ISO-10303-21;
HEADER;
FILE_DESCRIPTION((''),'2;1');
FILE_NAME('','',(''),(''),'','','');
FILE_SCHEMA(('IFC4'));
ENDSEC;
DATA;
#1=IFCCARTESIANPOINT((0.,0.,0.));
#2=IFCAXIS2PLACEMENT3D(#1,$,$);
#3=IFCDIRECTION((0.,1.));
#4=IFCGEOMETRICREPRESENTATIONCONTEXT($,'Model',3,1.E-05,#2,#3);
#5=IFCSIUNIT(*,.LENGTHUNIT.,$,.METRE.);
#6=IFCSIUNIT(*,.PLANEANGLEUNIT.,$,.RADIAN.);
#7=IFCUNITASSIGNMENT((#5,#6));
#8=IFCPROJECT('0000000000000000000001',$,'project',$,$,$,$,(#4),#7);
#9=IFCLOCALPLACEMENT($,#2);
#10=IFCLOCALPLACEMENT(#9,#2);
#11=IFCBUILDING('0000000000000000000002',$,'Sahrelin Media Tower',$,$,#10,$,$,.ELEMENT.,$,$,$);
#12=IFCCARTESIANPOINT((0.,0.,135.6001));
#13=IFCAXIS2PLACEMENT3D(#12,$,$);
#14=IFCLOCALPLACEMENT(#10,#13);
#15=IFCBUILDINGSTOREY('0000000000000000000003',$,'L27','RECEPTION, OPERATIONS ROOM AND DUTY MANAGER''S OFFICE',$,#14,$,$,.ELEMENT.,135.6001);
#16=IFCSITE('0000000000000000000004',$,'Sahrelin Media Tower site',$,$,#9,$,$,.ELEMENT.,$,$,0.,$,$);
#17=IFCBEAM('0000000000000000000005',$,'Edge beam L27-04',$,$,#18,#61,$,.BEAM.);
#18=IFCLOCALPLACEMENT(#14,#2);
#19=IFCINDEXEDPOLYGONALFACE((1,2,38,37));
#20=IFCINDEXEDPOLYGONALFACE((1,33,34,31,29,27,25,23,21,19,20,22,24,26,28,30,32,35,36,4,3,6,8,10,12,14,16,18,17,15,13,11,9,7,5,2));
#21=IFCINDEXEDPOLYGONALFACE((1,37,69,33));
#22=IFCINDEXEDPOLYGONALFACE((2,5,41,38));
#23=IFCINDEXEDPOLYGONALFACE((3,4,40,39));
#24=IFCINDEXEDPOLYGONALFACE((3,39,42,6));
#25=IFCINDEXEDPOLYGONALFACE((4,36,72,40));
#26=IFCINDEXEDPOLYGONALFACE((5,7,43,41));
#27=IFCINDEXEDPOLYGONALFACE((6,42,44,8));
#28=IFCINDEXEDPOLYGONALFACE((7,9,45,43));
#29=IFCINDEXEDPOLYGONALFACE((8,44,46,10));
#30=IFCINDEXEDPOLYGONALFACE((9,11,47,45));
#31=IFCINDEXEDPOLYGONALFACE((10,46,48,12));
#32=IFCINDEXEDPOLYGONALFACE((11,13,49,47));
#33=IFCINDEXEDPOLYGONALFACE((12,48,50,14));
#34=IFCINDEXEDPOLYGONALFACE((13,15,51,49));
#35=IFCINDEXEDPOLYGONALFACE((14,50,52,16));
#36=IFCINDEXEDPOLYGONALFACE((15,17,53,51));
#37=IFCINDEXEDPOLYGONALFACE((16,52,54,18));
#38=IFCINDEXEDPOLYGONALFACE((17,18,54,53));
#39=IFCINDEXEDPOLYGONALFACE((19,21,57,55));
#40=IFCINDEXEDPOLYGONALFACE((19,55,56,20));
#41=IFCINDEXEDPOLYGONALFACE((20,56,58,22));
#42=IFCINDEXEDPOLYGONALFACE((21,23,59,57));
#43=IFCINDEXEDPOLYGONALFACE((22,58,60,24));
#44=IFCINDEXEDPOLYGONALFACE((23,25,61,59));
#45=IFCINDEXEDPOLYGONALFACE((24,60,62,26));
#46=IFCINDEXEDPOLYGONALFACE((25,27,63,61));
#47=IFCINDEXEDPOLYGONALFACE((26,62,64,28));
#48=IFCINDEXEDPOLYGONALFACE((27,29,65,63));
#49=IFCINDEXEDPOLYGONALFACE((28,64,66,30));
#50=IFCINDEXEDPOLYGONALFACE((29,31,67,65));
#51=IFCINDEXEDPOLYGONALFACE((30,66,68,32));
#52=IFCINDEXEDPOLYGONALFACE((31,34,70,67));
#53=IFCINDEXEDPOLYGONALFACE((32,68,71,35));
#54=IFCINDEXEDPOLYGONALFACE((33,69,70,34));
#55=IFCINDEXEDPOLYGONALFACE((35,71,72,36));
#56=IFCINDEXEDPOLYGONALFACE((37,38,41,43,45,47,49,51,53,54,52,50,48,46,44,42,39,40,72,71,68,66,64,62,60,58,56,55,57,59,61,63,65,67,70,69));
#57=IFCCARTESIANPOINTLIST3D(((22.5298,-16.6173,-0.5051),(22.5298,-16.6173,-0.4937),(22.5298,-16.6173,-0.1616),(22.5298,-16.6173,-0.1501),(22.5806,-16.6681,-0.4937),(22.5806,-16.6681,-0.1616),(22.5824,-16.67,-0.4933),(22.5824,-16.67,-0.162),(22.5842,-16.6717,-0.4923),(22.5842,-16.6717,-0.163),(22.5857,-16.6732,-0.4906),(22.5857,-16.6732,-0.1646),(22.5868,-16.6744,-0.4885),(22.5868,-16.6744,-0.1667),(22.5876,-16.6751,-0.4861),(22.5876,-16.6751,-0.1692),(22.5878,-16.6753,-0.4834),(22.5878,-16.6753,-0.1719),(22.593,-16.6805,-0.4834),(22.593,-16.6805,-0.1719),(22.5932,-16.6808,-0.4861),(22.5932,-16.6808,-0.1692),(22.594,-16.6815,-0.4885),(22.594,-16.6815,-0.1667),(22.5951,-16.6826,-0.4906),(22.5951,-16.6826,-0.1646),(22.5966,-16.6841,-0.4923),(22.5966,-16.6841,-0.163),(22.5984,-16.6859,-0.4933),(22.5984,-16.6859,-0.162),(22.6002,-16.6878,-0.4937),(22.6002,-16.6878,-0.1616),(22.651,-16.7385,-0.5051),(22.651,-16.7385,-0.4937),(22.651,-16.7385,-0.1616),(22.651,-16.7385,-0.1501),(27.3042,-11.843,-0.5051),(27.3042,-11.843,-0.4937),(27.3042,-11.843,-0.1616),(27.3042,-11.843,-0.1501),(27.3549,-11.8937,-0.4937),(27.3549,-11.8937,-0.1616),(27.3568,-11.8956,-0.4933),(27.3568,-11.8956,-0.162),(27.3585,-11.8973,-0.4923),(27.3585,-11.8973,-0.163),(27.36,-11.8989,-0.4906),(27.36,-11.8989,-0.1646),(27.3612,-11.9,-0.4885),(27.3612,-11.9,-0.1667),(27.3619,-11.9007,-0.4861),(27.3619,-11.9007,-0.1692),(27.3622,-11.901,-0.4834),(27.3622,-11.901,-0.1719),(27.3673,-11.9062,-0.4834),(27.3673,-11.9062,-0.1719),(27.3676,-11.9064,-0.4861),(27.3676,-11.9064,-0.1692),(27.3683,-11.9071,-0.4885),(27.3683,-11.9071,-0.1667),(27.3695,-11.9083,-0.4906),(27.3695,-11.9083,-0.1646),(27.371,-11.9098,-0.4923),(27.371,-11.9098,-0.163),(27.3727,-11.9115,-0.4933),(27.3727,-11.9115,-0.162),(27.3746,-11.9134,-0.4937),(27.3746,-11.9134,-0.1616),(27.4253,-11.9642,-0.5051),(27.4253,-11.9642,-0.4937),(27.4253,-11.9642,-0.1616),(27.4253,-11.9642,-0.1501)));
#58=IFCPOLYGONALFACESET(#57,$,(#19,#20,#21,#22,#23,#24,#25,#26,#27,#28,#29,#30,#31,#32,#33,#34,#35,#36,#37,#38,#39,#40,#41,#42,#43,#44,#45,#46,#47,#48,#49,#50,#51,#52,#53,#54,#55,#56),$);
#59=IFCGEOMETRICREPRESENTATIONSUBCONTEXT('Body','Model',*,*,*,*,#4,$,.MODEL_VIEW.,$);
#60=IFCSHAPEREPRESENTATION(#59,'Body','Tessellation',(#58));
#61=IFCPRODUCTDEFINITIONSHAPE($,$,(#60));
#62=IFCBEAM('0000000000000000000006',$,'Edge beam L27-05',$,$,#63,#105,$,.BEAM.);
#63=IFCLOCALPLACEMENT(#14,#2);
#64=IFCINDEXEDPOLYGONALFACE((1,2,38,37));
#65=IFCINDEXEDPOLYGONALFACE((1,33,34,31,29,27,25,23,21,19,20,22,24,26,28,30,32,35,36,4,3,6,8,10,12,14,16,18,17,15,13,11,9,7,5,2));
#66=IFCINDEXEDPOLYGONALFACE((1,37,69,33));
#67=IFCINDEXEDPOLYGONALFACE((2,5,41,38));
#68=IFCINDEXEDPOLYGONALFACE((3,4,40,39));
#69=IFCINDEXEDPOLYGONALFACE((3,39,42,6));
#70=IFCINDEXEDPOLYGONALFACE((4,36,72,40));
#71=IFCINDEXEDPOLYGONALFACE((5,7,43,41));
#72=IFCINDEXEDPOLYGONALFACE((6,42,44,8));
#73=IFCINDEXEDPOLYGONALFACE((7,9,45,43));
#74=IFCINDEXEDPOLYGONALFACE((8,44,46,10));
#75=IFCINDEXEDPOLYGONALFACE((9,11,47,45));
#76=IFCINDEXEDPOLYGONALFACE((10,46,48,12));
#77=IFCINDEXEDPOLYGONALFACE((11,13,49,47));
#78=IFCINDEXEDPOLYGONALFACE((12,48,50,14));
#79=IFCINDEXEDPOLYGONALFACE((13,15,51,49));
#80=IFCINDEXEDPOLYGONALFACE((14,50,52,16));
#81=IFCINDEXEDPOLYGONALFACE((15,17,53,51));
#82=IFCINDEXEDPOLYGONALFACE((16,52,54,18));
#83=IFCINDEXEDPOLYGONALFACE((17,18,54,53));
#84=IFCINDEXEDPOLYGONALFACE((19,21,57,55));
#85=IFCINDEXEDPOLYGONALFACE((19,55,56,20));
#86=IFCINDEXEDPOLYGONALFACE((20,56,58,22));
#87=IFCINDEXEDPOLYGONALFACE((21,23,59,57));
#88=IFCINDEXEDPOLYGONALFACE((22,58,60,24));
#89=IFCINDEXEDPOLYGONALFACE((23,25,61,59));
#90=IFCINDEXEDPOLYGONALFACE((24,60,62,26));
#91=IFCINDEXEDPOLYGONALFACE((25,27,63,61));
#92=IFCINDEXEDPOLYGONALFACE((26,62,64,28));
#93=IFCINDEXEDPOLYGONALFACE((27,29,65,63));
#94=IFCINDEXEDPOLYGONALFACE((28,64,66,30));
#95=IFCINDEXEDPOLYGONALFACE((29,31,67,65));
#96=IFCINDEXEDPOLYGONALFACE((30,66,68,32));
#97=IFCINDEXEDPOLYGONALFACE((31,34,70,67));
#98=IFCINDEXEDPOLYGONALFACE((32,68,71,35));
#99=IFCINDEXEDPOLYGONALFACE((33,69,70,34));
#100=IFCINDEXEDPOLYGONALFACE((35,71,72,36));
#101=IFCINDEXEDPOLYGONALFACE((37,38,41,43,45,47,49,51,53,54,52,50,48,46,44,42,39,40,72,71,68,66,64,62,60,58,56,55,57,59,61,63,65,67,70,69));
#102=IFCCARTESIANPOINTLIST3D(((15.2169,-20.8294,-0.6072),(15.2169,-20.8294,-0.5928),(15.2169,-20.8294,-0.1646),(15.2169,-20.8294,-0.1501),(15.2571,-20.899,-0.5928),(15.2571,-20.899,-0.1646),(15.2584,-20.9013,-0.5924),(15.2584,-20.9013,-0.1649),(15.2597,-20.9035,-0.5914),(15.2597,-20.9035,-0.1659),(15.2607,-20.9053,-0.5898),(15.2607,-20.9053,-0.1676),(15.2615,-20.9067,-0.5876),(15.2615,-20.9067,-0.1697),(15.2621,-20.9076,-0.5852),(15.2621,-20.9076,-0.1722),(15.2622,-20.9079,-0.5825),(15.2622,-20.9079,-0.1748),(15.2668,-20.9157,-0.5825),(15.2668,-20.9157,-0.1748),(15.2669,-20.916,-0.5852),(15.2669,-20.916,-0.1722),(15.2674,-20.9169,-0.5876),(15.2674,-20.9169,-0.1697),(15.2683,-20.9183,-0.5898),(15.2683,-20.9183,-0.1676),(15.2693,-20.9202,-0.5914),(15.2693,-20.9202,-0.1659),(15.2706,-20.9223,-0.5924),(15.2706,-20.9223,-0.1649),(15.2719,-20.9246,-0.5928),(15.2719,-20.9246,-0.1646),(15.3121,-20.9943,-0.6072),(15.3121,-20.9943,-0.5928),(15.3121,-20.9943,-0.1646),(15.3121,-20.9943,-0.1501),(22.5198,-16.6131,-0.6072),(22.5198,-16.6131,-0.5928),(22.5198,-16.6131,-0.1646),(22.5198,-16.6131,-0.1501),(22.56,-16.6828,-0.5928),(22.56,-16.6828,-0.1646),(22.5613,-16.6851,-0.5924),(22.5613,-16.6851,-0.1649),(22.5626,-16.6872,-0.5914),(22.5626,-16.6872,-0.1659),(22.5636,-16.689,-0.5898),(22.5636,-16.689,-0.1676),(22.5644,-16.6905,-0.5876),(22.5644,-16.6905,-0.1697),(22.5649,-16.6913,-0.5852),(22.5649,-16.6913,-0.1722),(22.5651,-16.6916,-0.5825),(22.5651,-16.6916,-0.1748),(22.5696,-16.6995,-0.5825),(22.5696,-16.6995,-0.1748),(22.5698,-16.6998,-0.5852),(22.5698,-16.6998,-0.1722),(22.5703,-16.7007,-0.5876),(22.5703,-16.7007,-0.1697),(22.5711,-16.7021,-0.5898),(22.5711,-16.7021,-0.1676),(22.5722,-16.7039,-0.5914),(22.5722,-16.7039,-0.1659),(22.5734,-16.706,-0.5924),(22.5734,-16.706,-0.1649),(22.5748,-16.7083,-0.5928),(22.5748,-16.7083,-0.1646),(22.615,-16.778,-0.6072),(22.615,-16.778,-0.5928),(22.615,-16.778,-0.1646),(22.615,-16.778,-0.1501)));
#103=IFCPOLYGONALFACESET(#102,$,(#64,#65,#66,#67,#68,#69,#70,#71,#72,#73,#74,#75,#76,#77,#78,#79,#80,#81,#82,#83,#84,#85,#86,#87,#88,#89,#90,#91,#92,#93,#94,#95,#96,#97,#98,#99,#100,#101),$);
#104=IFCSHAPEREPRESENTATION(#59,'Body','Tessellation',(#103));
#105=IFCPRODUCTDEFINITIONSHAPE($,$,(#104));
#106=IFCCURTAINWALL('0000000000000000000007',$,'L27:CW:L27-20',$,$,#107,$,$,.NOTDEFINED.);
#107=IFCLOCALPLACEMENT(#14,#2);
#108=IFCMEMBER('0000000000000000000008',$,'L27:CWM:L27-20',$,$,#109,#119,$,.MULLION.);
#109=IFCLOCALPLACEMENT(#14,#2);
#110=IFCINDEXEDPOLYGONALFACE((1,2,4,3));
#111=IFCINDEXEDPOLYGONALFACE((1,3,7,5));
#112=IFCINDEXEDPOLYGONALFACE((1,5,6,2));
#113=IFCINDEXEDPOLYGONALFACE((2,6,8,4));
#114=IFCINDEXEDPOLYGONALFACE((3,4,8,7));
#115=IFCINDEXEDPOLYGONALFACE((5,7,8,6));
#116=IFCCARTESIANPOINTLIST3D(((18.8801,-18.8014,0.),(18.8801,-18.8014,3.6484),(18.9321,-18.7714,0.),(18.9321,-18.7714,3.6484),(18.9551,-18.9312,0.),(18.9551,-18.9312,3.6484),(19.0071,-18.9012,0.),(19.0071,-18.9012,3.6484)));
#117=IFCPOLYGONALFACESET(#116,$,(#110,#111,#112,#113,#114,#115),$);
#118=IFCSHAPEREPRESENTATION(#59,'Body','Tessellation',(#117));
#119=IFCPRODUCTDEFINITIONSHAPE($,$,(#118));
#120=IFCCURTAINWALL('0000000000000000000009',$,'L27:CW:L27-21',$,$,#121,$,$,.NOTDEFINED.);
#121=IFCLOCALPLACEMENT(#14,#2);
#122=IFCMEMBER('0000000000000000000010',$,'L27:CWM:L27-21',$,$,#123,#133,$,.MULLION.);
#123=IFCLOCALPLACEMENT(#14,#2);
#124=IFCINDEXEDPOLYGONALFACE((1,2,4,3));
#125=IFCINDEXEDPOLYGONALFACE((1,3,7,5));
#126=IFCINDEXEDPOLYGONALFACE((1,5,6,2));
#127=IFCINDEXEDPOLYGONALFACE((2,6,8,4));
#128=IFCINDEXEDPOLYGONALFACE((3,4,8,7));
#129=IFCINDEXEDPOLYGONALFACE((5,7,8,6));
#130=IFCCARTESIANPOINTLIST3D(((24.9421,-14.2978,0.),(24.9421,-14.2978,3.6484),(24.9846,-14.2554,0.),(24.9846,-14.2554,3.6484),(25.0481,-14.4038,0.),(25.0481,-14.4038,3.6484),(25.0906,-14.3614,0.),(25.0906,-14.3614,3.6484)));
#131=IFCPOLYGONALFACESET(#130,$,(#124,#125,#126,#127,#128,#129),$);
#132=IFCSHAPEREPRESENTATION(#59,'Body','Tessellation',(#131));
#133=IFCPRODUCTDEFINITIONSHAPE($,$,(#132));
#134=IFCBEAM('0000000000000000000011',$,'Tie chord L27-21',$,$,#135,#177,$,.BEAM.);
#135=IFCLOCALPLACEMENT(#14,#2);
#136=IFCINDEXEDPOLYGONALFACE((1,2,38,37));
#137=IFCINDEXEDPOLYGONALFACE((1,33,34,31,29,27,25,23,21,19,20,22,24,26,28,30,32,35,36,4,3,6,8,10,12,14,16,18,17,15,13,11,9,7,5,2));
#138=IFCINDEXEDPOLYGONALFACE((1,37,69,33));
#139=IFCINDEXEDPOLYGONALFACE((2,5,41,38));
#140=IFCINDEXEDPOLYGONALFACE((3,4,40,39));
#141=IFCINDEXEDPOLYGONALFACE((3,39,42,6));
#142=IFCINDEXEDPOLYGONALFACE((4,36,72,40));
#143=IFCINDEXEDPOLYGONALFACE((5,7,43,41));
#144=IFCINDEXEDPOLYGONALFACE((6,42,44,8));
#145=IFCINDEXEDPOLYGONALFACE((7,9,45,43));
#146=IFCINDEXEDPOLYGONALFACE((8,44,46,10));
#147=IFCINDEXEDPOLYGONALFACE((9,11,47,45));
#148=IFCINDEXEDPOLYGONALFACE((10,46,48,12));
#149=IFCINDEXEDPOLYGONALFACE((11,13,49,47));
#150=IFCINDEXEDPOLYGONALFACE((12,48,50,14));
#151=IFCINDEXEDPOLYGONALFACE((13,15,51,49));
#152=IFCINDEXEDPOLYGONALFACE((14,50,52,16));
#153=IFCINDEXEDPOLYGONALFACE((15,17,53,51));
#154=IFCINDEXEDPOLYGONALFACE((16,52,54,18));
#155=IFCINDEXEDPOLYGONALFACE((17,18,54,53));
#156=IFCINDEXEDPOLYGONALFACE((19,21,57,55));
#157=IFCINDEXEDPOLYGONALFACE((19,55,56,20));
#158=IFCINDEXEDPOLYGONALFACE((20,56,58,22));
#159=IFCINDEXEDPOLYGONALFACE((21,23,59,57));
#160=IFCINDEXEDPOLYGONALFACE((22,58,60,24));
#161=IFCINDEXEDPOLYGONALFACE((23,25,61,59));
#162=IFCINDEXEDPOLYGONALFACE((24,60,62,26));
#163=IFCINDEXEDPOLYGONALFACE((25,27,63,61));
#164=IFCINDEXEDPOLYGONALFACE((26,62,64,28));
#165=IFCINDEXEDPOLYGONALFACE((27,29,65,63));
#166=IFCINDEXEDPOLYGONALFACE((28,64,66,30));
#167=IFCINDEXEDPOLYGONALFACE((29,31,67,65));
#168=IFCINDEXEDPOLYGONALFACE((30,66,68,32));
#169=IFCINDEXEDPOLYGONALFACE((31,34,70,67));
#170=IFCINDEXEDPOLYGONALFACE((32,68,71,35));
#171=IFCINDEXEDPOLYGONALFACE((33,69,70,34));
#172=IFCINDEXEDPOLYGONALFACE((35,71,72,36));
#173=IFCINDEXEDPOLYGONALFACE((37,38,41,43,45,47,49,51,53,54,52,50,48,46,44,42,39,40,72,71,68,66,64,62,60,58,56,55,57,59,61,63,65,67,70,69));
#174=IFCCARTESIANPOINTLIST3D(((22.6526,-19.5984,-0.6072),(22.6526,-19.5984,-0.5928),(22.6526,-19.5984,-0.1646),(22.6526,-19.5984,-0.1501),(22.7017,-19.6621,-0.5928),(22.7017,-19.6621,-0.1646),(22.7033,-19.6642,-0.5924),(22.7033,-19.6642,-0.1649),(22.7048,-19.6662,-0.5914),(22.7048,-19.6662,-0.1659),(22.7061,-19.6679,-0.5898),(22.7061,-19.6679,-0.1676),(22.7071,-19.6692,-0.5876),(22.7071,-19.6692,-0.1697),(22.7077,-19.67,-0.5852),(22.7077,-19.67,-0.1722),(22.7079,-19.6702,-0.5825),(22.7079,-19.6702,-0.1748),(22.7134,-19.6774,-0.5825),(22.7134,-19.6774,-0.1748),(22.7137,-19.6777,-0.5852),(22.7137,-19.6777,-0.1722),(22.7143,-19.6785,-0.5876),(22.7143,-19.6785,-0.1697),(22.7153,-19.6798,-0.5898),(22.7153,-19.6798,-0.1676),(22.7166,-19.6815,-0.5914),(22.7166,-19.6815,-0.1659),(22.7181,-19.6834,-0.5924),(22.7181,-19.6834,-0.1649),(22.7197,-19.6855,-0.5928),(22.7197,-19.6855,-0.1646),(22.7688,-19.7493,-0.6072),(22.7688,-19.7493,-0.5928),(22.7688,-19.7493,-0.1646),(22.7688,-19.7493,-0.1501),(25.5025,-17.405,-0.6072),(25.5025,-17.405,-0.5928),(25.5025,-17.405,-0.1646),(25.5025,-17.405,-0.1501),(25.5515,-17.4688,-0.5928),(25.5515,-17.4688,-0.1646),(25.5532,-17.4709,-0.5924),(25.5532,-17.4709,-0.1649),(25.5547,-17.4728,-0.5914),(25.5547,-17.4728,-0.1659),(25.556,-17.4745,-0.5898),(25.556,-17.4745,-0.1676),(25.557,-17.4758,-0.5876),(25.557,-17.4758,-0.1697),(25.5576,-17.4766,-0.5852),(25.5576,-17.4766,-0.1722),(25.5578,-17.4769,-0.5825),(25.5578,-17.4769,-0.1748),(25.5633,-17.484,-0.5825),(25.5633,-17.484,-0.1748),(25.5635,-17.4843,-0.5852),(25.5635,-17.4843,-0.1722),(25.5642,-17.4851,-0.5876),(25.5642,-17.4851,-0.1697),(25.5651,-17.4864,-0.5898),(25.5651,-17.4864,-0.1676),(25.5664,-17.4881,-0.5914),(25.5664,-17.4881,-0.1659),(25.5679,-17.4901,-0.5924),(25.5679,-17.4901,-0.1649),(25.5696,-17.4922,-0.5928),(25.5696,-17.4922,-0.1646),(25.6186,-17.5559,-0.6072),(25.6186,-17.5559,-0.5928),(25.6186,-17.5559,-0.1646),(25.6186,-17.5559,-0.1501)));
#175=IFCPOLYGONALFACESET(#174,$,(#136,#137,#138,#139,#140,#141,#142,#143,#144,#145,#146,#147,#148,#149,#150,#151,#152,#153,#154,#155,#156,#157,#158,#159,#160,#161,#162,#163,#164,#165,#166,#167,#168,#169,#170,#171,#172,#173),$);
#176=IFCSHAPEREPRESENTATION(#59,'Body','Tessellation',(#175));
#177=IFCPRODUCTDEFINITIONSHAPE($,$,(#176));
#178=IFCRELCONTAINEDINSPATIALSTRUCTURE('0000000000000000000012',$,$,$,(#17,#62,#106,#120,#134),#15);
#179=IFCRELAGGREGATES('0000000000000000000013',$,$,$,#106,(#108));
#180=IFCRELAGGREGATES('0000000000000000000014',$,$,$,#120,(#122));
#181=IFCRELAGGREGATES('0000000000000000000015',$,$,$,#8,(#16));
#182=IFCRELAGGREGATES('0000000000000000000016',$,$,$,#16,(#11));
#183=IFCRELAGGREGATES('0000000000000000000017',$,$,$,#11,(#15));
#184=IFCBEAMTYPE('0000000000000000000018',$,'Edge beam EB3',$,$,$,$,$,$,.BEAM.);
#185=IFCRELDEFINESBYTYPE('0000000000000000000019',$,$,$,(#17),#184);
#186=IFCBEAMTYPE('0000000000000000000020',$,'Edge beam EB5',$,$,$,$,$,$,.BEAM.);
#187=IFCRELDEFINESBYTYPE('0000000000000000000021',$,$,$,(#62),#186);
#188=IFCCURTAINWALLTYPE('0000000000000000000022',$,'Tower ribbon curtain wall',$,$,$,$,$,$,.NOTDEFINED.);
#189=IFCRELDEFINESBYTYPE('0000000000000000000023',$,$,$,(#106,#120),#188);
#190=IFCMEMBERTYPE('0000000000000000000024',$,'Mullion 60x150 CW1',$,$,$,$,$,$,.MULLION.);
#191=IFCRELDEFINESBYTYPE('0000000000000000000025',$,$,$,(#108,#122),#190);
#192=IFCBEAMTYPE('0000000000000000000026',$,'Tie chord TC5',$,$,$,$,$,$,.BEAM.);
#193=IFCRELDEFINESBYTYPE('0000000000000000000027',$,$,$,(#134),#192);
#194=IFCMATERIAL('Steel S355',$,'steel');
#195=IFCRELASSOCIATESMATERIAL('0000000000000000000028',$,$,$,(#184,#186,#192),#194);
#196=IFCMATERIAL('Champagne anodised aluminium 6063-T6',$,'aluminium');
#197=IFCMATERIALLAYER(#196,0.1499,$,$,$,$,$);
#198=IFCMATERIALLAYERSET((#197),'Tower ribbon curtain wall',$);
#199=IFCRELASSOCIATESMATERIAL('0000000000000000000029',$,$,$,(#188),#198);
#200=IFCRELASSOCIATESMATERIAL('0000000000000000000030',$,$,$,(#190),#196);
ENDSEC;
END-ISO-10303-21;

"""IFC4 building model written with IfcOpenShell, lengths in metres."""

from ifc_helpers import new_model, si_unit, direction, frame, origin, origin_2d, place, context, subcontext, project, spatial, rectangle, i_section, extrude, material, layer, layer_set, material_profile, profile_set, type_object, element, aggregate, save


model = new_model("IFC4")

# Units and contexts
model_context = context("Model", 3, precision=1e-05, world=origin(), true_north=direction((0.0, 1.0)))
body_context = subcontext(model_context, "Body", "Model", "MODEL_VIEW")
ifc_project = project(units=[si_unit("LENGTHUNIT", "METRE"), si_unit("PLANEANGLEUNIT", "RADIAN")], contexts=[model_context])

# Site, building, storey
site_placement = place(None, origin())
site = spatial("IfcSite", under=ifc_project, at=site_placement, Name="Sahrelin Media Tower site", CompositionType="ELEMENT", RefElevation=0.0)
building_placement = place(site_placement, origin())
building = spatial("IfcBuilding", under=site, at=building_placement, Name="Sahrelin Media Tower", CompositionType="ELEMENT")
storey_placement = place(building_placement, frame((0.0, 0.0, 135.6001)))
storey = spatial("IfcBuildingStorey", under=building, at=storey_placement, Name="L27", Description="RECEPTION, OPERATIONS ROOM AND DUTY MANAGER'S OFFICE", CompositionType="ELEMENT", Elevation=135.6001)

# Beams
ifc_material_1 = material(Name="Steel S355", Category="steel")
ifc_material_profile_1 = material_profile(ifc_material_1, i_section(OverallWidth=0.1714, OverallDepth=0.355, WebThickness=0.0073, FlangeThickness=0.0115, FilletRadius=0.0103, at=origin_2d()), Name="UB 356x171x51")
ifc_profile_set_1 = profile_set([ifc_material_profile_1], Name="Steel S355")
beam_type_1 = type_object("IfcBeamType", Name="Edge beam EB3", PredefinedType="BEAM", material=ifc_profile_set_1)
beam_1_placement = place(storey_placement, frame((27.3647, -11.9036, -0.3276), z_axis=(-0.707107, -0.707107, 0.0), x_axis=(0.707107, -0.707107, 0.0)))
element("IfcBeam", 1, at=beam_1_placement, inside=storey, type_object=beam_type_1, Name="Edge beam L27-04", PredefinedType="BEAM", context=body_context, shape_type="SweptSolid", body=[
    extrude(i_section(OverallWidth=0.1714, OverallDepth=0.355, WebThickness=0.0073, FlangeThickness=0.0115, FilletRadius=0.0103, at=origin_2d()), origin(), (0.0, 0.0, 1.0), 6.752),
])
ifc_material_profile_2 = material_profile(ifc_material_1, i_section(OverallWidth=0.1904, OverallDepth=0.457, WebThickness=0.009, FlangeThickness=0.0144, FilletRadius=0.0103, at=origin_2d()), Name="UB 457x191x74")
ifc_profile_set_2 = profile_set([ifc_material_profile_2], Name="Steel S355")
beam_type_2 = type_object("IfcBeamType", Name="Edge beam EB5", PredefinedType="BEAM", material=ifc_profile_set_2)
beam_2_placement = place(storey_placement, frame((22.5674, -16.6956, -0.3787), z_axis=(-0.866029, -0.499994, 0.0), x_axis=(0.499994, -0.866029, 0.0)))
element("IfcBeam", 2, at=beam_2_placement, inside=storey, type_object=beam_type_2, Name="Edge beam L27-05", PredefinedType="BEAM", context=body_context, shape_type="SweptSolid", body=[
    extrude(i_section(OverallWidth=0.1904, OverallDepth=0.457, WebThickness=0.009, FlangeThickness=0.0144, FilletRadius=0.0103, at=origin_2d()), origin(), (0.0, 0.0, 1.0), 8.4326),
])

# Curtain walls, members
ifc_material_2 = material(Name="Champagne anodised aluminium 6063-T6", Category="aluminium")
ifc_layer_1 = layer(ifc_material_2, 0.1499)
ifc_layer_set_1 = layer_set([ifc_layer_1], Name="Tower ribbon curtain wall")
curtain_wall_type = type_object("IfcCurtainWallType", Name="Tower ribbon curtain wall", PredefinedType="NOTDEFINED", material=ifc_layer_set_1)
curtain_wall_1_placement = place(storey_placement, frame((18.991, -18.9336, 0.0), z_axis=(0.0, 0.0, 1.0), x_axis=(1.0, 0.0, 0.0)))
curtain_wall_1 = element("IfcCurtainWall", 3, at=curtain_wall_1_placement, inside=storey, type_object=curtain_wall_type, Name="L27:CW:L27-20", PredefinedType="NOTDEFINED")
ifc_material_profile_3 = material_profile(ifc_material_2, rectangle(XDim=0.0601, YDim=0.1499, at=origin_2d()), Name="Mullion 60x150")
ifc_profile_set_3 = profile_set([ifc_material_profile_3], Name="Champagne anodised aluminium 6063-T6")
member_type_1 = type_object("IfcMemberType", Name="Mullion 60x150 CW1", PredefinedType="MULLION", material=ifc_profile_set_3)
member_1_placement = place(storey_placement, frame((18.9436, -18.8513, 0.0), z_axis=(0.0, 0.0, 1.0), x_axis=(0.866027, 0.499997, 0.0)))
member_1 = element("IfcMember", 4, at=member_1_placement, type_object=member_type_1, Name="L27:CWM:L27-20", PredefinedType="MULLION", context=body_context, shape_type="SweptSolid", body=[
    extrude(rectangle(XDim=0.0601, YDim=0.1499, at=origin_2d()), origin(), (0.0, 0.0, 1.0), 3.6484),
])
curtain_wall_2_placement = place(storey_placement, frame((25.0835, -14.3967, 0.0), z_axis=(0.0, 0.0, 1.0), x_axis=(1.0, 0.0, 0.0)))
curtain_wall_2 = element("IfcCurtainWall", 5, at=curtain_wall_2_placement, inside=storey, type_object=curtain_wall_type, Name="L27:CW:L27-21", PredefinedType="NOTDEFINED")
member_2_placement = place(storey_placement, frame((25.0164, -14.3296, 0.0), z_axis=(0.0, 0.0, 1.0), x_axis=(0.707107, 0.707107, 0.0)))
member_2 = element("IfcMember", 6, at=member_2_placement, type_object=member_type_1, Name="L27:CWM:L27-21", PredefinedType="MULLION", context=body_context, shape_type="SweptSolid", body=[
    extrude(rectangle(XDim=0.0601, YDim=0.1499, at=origin_2d()), origin(), (0.0, 0.0, 1.0), 3.6484),
])

# Beam
ifc_material_profile_4 = material_profile(ifc_material_1, i_section(OverallWidth=0.1904, OverallDepth=0.457, WebThickness=0.009, FlangeThickness=0.0144, FilletRadius=0.0103, at=origin_2d()), Name="UB 457x191x74")
ifc_profile_set_4 = profile_set([ifc_material_profile_4], Name="Steel S355")
beam_type_3 = type_object("IfcBeamType", Name="Tie chord TC5", PredefinedType="BEAM", material=ifc_profile_set_4)
beam_3_placement = place(storey_placement, frame((22.7107, -19.6738, -0.3787), z_axis=(0.792467, 0.609914, 0.0), x_axis=(-0.609914, 0.792467, 0.0)))
element("IfcBeam", 7, at=beam_3_placement, inside=storey, type_object=beam_type_3, Name="Tie chord L27-21", PredefinedType="BEAM", context=body_context, shape_type="SweptSolid", body=[
    extrude(i_section(OverallWidth=0.1904, OverallDepth=0.457, WebThickness=0.009, FlangeThickness=0.0144, FilletRadius=0.0103, at=origin_2d()), origin(), (0.0, 0.0, 1.0), 3.5962),
])

aggregate(curtain_wall_1, [member_1])
aggregate(curtain_wall_2, [member_2])

save(model, "model.ifc")
